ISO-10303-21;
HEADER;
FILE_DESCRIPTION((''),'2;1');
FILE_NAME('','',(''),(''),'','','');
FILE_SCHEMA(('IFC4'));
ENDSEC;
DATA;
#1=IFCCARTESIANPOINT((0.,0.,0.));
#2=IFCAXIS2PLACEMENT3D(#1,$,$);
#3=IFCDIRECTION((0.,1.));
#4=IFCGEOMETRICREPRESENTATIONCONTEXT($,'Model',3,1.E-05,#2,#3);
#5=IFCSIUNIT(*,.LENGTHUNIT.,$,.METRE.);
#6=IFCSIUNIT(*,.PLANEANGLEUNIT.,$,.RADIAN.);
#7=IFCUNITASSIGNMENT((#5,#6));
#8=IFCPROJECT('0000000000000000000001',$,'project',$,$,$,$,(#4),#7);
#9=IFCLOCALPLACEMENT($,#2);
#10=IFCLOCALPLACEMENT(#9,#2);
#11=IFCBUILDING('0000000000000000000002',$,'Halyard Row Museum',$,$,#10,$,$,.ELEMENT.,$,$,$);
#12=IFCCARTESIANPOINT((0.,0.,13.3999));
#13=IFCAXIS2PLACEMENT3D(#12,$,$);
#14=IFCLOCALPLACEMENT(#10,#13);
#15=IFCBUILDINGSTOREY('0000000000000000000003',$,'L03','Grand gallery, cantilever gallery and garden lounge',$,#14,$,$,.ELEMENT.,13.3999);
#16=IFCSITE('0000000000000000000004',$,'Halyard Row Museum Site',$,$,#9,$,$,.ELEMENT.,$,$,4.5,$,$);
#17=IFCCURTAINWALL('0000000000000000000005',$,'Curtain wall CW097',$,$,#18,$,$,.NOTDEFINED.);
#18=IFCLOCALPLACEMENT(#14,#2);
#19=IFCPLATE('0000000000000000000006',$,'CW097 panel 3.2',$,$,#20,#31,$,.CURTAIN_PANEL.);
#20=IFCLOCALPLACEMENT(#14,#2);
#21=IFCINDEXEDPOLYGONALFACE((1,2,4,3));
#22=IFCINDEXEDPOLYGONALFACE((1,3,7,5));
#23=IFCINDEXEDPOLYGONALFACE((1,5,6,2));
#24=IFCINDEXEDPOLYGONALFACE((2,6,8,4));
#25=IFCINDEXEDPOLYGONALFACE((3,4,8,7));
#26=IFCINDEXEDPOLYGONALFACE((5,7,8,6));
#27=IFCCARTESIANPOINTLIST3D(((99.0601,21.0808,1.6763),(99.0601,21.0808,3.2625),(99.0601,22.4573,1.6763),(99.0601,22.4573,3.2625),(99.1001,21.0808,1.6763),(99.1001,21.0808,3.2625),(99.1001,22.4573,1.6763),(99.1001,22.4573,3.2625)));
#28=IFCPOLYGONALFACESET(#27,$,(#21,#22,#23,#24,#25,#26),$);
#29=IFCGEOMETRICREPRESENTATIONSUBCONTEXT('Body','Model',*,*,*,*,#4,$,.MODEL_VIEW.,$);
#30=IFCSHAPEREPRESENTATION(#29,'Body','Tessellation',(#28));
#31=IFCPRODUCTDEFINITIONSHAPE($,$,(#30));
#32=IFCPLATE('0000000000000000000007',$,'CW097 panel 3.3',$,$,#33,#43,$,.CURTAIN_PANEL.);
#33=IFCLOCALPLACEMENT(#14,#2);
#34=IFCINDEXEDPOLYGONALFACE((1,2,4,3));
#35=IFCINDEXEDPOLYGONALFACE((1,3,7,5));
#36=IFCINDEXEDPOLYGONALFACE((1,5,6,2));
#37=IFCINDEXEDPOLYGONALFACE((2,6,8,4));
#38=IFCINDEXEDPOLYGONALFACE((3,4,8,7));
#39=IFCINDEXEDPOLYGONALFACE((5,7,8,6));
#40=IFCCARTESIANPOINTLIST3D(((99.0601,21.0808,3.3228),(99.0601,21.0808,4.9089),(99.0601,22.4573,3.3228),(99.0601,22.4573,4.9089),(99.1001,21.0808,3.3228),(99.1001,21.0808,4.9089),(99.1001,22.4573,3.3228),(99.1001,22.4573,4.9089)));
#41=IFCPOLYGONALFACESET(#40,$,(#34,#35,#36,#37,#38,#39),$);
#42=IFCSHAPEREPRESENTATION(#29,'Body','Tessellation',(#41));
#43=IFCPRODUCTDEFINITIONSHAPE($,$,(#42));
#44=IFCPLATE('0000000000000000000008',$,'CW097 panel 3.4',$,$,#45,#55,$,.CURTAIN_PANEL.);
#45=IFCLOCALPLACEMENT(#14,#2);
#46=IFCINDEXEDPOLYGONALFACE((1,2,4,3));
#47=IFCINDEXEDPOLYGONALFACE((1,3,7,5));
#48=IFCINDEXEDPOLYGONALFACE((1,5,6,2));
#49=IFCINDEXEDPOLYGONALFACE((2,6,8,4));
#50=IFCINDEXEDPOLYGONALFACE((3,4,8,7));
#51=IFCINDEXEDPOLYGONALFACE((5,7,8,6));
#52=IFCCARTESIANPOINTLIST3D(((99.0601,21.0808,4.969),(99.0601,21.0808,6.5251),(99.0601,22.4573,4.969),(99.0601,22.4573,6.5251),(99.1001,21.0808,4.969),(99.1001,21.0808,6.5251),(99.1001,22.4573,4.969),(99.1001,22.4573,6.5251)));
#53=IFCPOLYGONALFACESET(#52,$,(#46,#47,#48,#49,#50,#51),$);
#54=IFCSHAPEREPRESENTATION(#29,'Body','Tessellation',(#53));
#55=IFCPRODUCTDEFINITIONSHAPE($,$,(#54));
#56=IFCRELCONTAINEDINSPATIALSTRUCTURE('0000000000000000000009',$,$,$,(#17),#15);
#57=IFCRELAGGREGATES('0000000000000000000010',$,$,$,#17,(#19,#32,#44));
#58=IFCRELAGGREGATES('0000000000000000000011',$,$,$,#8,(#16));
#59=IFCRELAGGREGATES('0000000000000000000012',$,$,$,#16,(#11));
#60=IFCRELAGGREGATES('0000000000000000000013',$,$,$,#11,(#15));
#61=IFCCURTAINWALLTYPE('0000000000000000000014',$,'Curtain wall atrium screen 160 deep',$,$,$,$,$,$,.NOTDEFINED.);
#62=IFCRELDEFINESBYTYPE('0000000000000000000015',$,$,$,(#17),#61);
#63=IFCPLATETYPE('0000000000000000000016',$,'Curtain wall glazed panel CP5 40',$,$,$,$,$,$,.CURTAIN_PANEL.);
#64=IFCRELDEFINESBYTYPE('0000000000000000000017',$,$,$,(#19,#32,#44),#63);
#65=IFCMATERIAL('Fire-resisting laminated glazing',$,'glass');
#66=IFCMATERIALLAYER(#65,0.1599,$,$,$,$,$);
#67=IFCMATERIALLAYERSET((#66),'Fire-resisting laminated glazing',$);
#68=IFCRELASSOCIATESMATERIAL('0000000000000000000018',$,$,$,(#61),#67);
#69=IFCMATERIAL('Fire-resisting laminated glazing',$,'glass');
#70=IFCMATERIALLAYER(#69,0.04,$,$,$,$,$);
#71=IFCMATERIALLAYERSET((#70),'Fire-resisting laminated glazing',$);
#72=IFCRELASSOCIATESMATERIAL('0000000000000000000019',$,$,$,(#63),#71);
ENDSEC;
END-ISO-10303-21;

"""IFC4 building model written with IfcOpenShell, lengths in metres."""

from ifc_helpers import new_model, si_unit, direction, frame, origin, origin_2d, place, context, subcontext, project, spatial, rectangle, extrude, material, layer, layer_set, type_object, element, aggregate, save


model = new_model("IFC4")

# Units and contexts
model_context = context("Model", 3, precision=1e-05, world=origin(), true_north=direction((0.0, 1.0)))
body_context = subcontext(model_context, "Body", "Model", "MODEL_VIEW")
ifc_project = project(units=[si_unit("LENGTHUNIT", "METRE"), si_unit("PLANEANGLEUNIT", "RADIAN")], contexts=[model_context])

# Site, building, storey
site_placement = place(None, origin())
site = spatial("IfcSite", under=ifc_project, at=site_placement, Name="Halyard Row Museum Site", CompositionType="ELEMENT", RefElevation=4.5)
building_placement = place(site_placement, origin())
building = spatial("IfcBuilding", under=site, at=building_placement, Name="Halyard Row Museum", CompositionType="ELEMENT")
storey_placement = place(building_placement, frame((0.0, 0.0, 13.3999)))
storey = spatial("IfcBuildingStorey", under=building, at=storey_placement, Name="L03", Description="Grand gallery, cantilever gallery and garden lounge", CompositionType="ELEMENT", Elevation=13.3999)

# Curtain wall
ifc_material_1 = material(Name="Fire-resisting laminated glazing", Category="glass")
ifc_layer_1 = layer(ifc_material_1, 0.1599)
ifc_layer_set_1 = layer_set([ifc_layer_1], Name="Fire-resisting laminated glazing")
curtain_wall_type_1 = type_object("IfcCurtainWallType", Name="Curtain wall atrium screen 160 deep", PredefinedType="NOTDEFINED", material=ifc_layer_set_1)
curtain_wall_1_placement = place(storey_placement, origin())
curtain_wall_1 = element("IfcCurtainWall", 1, at=curtain_wall_1_placement, inside=storey, type_object=curtain_wall_type_1, Name="Curtain wall CW097", PredefinedType="NOTDEFINED")

# Plates
ifc_material_2 = material(Name="Fire-resisting laminated glazing", Category="glass")
ifc_layer_2 = layer(ifc_material_2, 0.04)
ifc_layer_set_2 = layer_set([ifc_layer_2], Name="Fire-resisting laminated glazing")
plate_type_1 = type_object("IfcPlateType", Name="Curtain wall glazed panel CP5 40", PredefinedType="CURTAIN_PANEL", material=ifc_layer_set_2)
plate_1_placement = place(storey_placement, frame((99.0801, 21.769, 1.6763), z_axis=(0.0, 0.0, 1.0), x_axis=(0.0, 1.0, 0.0)))
plate_1 = element("IfcPlate", 2, at=plate_1_placement, type_object=plate_type_1, Name="CW097 panel 3.2", PredefinedType="CURTAIN_PANEL", context=body_context, shape_type="SweptSolid", body=[
    extrude(rectangle(XDim=1.3765, YDim=0.04, at=origin_2d()), origin(), (0.0, 0.0, 1.0), 1.5862),
])
plate_2_placement = place(storey_placement, frame((99.0801, 21.769, 3.3228), z_axis=(0.0, 0.0, 1.0), x_axis=(0.0, 1.0, 0.0)))
plate_2 = element("IfcPlate", 3, at=plate_2_placement, type_object=plate_type_1, Name="CW097 panel 3.3", PredefinedType="CURTAIN_PANEL", context=body_context, shape_type="SweptSolid", body=[
    extrude(rectangle(XDim=1.3765, YDim=0.04, at=origin_2d()), origin(), (0.0, 0.0, 1.0), 1.5862),
])
plate_3_placement = place(storey_placement, frame((99.0801, 21.769, 4.969), z_axis=(0.0, 0.0, 1.0), x_axis=(0.0, 1.0, 0.0)))
plate_3 = element("IfcPlate", 4, at=plate_3_placement, type_object=plate_type_1, Name="CW097 panel 3.4", PredefinedType="CURTAIN_PANEL", context=body_context, shape_type="SweptSolid", body=[
    extrude(rectangle(XDim=1.3765, YDim=0.04, at=origin_2d()), origin(), (0.0, 0.0, 1.0), 1.5562),
])
aggregate(curtain_wall_1, [plate_1, plate_2, plate_3])

save(model, "model.ifc")
